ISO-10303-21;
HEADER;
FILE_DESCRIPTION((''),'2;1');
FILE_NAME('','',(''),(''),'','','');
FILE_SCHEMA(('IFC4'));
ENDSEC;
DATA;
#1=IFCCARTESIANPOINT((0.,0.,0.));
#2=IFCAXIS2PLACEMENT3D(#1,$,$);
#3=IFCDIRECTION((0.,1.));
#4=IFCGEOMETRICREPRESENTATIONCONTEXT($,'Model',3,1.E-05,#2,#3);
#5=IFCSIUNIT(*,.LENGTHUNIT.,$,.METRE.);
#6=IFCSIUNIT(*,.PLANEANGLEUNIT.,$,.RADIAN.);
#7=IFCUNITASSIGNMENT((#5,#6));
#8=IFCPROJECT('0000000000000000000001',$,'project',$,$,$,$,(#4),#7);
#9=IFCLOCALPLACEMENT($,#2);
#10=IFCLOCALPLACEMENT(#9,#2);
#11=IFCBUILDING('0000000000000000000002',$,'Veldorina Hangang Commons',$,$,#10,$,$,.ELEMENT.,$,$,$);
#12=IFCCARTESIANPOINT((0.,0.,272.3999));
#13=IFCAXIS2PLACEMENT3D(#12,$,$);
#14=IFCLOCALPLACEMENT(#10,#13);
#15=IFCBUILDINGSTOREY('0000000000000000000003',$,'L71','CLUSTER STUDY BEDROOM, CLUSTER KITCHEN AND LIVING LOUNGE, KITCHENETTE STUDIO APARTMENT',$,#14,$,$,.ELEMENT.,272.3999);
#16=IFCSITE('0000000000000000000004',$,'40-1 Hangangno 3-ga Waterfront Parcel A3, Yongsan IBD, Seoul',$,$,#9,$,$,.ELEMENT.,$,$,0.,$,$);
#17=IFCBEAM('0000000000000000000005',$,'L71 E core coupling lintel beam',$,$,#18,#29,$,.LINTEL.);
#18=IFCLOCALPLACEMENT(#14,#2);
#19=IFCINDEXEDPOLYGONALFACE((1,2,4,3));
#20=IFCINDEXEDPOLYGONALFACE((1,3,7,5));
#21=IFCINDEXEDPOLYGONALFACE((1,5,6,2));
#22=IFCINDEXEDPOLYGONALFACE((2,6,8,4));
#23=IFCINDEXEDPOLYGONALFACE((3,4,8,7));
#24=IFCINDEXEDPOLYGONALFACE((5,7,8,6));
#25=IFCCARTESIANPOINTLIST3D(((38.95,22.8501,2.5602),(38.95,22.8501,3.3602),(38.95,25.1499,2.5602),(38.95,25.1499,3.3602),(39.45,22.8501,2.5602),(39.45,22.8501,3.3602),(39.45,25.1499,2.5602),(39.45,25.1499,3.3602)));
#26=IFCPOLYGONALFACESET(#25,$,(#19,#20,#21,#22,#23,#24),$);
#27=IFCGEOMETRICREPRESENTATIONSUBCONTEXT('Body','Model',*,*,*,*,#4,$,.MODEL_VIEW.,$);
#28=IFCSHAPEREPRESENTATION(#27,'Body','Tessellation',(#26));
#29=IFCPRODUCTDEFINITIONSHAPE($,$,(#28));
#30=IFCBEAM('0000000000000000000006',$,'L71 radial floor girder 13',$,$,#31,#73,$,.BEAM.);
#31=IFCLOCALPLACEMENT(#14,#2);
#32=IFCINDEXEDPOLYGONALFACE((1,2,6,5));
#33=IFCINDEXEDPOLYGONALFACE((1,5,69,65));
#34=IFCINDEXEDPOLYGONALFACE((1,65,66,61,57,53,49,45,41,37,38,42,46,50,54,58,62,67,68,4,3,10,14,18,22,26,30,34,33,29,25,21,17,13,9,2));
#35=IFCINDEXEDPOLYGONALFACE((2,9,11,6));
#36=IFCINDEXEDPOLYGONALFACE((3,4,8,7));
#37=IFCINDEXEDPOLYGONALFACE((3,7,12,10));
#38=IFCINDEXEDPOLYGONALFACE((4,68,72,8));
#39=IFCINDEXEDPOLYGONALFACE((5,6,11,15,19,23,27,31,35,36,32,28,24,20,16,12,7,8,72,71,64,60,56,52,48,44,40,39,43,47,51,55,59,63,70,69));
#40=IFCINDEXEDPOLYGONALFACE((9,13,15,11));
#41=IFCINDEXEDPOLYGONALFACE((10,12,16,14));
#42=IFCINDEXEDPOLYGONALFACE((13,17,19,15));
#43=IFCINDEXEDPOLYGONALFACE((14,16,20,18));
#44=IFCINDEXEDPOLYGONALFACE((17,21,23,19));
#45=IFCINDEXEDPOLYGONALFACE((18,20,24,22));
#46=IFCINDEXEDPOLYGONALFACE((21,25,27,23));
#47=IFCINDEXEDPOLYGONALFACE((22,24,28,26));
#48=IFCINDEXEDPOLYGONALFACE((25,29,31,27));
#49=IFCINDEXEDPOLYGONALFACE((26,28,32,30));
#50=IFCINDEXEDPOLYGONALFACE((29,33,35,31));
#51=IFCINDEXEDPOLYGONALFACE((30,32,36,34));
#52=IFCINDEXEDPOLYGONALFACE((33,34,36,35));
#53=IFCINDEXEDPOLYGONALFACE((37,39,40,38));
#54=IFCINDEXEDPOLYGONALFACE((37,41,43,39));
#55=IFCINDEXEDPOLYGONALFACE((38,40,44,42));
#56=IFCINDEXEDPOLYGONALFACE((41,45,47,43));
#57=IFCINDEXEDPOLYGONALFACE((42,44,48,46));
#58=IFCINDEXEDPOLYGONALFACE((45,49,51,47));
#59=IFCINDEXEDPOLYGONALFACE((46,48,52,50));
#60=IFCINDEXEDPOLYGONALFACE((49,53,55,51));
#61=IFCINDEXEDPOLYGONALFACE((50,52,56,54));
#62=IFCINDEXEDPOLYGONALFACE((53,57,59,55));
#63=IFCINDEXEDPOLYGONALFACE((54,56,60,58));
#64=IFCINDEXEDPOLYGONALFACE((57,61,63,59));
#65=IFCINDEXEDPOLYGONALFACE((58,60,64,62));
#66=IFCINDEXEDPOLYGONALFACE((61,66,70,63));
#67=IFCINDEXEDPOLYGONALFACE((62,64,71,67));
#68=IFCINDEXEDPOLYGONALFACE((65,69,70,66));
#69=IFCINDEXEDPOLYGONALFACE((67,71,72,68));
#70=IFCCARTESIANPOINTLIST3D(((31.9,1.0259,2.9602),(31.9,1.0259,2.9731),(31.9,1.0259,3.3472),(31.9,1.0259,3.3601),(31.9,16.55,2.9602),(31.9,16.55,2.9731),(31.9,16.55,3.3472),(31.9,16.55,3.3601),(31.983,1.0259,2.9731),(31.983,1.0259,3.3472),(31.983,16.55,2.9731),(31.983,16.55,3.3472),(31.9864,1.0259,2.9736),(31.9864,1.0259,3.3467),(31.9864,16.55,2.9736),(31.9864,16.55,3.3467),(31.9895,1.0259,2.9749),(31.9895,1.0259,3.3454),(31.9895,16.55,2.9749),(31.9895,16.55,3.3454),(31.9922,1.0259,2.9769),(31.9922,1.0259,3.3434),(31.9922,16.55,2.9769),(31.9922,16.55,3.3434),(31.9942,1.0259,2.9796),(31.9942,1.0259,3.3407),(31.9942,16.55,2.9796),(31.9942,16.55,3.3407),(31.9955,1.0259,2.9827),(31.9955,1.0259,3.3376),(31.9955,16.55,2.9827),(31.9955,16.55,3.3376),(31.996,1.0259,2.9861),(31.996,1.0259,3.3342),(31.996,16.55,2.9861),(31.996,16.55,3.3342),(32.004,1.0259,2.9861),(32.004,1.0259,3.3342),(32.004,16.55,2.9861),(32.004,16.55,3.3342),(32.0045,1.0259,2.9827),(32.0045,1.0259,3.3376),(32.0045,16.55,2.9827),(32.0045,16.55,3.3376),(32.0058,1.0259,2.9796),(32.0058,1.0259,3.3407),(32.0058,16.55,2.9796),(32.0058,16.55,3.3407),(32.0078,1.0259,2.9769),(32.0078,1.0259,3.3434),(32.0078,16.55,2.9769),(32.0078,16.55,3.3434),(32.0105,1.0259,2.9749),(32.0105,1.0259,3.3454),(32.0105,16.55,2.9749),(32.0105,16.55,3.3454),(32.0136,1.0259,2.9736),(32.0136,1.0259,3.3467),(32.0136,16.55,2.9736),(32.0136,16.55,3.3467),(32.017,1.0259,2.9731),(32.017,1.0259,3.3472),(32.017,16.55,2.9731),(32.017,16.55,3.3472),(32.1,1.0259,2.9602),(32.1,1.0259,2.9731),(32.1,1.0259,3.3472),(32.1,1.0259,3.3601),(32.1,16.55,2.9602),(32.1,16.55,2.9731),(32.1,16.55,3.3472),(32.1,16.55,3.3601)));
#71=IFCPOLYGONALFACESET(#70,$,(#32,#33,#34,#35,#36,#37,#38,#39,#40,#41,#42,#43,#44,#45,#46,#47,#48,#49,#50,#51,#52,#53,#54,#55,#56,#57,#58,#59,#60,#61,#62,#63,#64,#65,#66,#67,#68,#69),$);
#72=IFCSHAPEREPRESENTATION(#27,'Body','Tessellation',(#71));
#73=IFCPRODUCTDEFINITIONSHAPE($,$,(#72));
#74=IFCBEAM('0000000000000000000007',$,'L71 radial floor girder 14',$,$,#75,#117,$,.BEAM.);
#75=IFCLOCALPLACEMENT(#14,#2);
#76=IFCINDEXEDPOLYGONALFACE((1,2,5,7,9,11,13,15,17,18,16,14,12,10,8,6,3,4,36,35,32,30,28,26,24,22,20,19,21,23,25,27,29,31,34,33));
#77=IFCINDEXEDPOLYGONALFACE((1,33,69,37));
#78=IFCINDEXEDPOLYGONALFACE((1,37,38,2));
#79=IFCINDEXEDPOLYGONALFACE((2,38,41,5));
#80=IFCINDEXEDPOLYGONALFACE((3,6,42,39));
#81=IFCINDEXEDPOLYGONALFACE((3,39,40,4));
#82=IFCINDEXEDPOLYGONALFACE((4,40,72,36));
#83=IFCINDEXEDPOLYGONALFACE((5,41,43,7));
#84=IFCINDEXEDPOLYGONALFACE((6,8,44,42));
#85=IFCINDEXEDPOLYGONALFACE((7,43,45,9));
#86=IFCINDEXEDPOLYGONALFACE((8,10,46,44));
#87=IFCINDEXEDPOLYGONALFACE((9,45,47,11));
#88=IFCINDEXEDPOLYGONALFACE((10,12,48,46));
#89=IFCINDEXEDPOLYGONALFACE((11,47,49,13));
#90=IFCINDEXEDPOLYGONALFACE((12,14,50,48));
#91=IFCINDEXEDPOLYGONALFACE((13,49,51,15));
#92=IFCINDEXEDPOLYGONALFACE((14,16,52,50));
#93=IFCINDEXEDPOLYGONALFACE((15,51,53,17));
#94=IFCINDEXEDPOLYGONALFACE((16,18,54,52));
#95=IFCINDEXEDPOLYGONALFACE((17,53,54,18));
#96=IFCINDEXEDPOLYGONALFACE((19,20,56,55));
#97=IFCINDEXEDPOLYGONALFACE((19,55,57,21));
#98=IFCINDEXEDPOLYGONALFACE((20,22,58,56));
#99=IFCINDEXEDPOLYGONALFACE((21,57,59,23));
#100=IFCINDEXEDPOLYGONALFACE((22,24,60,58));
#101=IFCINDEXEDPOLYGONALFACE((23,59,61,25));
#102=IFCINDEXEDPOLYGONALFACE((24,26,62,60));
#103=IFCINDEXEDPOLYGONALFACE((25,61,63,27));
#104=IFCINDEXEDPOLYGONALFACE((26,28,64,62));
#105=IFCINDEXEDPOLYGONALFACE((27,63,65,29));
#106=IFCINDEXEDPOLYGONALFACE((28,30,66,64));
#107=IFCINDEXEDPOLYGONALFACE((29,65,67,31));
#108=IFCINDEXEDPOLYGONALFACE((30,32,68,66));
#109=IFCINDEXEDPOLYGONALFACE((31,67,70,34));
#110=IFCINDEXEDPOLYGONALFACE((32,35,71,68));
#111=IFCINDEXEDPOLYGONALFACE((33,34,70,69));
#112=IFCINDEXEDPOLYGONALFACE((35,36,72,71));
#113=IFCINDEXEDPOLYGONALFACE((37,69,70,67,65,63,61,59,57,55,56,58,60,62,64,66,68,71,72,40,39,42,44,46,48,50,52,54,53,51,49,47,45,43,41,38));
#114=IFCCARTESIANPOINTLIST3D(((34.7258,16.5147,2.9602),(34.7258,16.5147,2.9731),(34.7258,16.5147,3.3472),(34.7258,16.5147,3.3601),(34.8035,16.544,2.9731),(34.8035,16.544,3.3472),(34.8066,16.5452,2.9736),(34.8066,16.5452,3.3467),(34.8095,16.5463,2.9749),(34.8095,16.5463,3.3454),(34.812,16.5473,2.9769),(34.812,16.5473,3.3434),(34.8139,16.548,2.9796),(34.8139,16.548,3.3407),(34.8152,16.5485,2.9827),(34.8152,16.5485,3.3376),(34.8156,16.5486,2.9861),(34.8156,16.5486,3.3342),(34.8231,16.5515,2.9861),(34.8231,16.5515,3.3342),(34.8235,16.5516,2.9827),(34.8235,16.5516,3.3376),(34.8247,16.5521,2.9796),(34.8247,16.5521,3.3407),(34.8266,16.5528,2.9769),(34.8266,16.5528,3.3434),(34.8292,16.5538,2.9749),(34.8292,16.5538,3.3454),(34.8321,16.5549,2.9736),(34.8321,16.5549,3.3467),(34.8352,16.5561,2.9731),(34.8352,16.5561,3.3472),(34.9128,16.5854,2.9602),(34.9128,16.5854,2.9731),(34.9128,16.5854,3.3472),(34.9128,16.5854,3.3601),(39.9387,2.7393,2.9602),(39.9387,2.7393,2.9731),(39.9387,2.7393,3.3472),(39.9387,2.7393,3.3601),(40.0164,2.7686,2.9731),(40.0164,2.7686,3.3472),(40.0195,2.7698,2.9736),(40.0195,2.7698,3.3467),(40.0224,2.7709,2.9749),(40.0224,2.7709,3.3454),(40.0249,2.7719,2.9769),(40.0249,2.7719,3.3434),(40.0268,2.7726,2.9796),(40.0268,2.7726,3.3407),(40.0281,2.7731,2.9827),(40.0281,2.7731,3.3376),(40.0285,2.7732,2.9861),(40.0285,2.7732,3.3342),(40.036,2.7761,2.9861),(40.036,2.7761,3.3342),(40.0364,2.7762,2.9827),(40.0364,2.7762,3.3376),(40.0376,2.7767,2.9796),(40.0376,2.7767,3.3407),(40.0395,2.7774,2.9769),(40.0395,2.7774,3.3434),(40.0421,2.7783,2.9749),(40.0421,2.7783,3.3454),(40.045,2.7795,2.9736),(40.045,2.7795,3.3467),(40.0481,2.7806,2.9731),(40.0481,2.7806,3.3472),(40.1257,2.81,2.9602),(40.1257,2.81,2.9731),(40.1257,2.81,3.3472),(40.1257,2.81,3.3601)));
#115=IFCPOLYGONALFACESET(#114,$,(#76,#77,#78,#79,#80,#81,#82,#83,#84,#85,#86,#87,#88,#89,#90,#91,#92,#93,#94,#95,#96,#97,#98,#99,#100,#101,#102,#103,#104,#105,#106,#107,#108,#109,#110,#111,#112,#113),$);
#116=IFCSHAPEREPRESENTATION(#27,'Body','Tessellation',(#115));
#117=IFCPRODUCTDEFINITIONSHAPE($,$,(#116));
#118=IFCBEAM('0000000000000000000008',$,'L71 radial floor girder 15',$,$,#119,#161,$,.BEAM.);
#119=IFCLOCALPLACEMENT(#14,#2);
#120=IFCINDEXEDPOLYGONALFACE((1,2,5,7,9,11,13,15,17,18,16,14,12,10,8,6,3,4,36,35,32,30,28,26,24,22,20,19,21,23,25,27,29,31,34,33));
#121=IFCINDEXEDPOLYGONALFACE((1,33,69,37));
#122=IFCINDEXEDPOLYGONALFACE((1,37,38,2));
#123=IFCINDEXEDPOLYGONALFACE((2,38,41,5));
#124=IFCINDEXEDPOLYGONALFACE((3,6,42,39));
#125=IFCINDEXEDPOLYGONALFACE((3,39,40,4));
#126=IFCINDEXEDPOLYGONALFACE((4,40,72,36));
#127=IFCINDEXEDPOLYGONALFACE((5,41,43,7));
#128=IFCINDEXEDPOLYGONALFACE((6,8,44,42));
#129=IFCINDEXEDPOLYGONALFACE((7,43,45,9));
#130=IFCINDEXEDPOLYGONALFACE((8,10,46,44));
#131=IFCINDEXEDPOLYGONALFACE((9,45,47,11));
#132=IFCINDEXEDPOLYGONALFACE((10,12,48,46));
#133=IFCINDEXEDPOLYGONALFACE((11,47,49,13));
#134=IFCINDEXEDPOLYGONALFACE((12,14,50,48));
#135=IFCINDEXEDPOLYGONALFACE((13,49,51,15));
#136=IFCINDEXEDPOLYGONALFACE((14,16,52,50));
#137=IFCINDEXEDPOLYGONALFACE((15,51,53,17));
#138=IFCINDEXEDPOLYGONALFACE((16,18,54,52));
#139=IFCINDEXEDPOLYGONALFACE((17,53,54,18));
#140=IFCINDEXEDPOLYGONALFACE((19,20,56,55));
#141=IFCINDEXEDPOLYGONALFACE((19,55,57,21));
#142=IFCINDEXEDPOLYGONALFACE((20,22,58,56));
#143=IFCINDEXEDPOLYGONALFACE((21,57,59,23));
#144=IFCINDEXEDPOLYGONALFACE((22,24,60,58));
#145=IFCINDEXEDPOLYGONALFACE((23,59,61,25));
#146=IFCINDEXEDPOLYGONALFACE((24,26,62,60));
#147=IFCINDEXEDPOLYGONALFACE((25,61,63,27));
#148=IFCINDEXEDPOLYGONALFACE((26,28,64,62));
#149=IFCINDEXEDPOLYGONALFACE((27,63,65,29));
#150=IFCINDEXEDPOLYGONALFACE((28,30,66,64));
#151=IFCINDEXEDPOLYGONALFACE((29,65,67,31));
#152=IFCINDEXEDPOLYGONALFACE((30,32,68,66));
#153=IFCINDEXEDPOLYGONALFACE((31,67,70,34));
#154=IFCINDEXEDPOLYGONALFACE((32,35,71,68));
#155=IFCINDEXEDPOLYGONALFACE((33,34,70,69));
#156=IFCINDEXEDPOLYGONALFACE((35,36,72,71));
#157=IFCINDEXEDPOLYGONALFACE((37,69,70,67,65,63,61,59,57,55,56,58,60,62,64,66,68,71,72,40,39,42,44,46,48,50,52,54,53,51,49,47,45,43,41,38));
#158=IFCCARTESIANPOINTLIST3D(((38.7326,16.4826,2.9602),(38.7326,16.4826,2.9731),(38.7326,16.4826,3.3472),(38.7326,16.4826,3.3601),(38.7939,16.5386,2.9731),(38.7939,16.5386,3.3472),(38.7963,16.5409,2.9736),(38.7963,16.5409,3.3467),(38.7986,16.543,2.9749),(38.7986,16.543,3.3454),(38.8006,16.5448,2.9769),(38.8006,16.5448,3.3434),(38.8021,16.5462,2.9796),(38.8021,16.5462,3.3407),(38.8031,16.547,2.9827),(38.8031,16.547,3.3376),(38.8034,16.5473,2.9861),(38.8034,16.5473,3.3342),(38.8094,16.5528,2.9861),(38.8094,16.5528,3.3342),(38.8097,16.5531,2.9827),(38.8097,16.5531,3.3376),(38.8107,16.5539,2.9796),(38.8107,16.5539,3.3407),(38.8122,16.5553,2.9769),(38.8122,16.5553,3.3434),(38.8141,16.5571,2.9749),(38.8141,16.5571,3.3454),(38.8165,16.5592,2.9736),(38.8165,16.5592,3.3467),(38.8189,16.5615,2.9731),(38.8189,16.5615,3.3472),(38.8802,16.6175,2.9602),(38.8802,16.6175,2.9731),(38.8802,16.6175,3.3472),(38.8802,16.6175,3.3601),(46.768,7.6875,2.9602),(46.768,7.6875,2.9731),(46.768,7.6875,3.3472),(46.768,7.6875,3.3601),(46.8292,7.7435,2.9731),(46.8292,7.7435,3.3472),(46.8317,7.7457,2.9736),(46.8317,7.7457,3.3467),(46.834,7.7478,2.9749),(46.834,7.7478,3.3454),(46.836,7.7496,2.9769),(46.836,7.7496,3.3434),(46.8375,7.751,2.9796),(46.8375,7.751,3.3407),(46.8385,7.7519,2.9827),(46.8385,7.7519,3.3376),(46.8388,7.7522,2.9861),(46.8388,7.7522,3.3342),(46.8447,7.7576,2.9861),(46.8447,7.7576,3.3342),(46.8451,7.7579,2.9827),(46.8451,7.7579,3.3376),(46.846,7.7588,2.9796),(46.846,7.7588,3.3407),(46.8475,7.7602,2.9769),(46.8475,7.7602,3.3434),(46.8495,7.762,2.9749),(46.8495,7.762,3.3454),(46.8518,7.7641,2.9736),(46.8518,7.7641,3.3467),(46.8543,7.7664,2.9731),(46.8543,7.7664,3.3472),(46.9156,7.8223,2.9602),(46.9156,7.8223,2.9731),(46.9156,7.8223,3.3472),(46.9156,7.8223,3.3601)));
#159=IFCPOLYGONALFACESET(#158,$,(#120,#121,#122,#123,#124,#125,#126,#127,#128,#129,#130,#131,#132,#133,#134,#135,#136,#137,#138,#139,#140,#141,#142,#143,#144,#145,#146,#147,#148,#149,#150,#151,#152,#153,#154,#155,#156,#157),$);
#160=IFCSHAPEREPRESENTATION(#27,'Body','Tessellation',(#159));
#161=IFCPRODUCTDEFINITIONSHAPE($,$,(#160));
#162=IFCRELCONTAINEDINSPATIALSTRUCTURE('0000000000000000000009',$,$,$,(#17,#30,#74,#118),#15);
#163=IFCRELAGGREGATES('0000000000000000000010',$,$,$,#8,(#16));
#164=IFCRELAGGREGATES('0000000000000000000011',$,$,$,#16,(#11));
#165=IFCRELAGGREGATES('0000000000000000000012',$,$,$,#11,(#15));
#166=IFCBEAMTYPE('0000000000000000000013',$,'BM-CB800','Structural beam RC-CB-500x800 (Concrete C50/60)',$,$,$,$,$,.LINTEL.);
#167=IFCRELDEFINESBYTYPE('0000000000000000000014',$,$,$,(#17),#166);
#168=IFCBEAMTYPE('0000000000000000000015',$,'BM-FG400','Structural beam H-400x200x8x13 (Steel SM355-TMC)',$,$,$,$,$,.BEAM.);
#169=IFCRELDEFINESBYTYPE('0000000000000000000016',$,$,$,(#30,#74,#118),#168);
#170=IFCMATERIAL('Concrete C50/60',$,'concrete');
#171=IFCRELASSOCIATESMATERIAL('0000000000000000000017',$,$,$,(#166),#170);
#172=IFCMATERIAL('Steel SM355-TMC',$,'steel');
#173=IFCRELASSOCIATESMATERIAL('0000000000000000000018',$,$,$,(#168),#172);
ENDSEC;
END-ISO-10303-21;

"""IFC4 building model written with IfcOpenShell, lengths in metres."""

from ifc_helpers import new_model, si_unit, direction, frame, origin, origin_2d, place, context, subcontext, project, spatial, rectangle, i_section, extrude, material, material_profile, profile_set, type_object, element, save


model = new_model("IFC4")

# Units and contexts
model_context = context("Model", 3, precision=1e-05, world=origin(), true_north=direction((0.0, 1.0)))
body_context = subcontext(model_context, "Body", "Model", "MODEL_VIEW")
ifc_project = project(units=[si_unit("LENGTHUNIT", "METRE"), si_unit("PLANEANGLEUNIT", "RADIAN")], contexts=[model_context])

# Site, building, storey
site_placement = place(None, origin())
site = spatial("IfcSite", under=ifc_project, at=site_placement, Name="40-1 Hangangno 3-ga Waterfront Parcel A3, Yongsan IBD, Seoul", CompositionType="ELEMENT", RefElevation=0.0)
building_placement = place(site_placement, origin())
building = spatial("IfcBuilding", under=site, at=building_placement, Name="Veldorina Hangang Commons", CompositionType="ELEMENT")
storey_placement = place(building_placement, frame((0.0, 0.0, 272.3999)))
storey = spatial("IfcBuildingStorey", under=building, at=storey_placement, Name="L71", Description="CLUSTER STUDY BEDROOM, CLUSTER KITCHEN AND LIVING LOUNGE, KITCHENETTE STUDIO APARTMENT", CompositionType="ELEMENT", Elevation=272.3999)

# Beams
ifc_material_1 = material(Name="Concrete C50/60", Category="concrete")
ifc_material_profile_1 = material_profile(ifc_material_1, rectangle(XDim=0.5, YDim=0.8, at=origin_2d()), Name="RC-CB-500x800")
ifc_profile_set_1 = profile_set([ifc_material_profile_1], Name="Concrete C50/60")
beam_type_1 = type_object("IfcBeamType", Name="BM-CB800", Description="Structural beam RC-CB-500x800 (Concrete C50/60)", PredefinedType="LINTEL", material=ifc_profile_set_1)
beam_1_placement = place(storey_placement, frame((39.2, 22.8501, 2.9602), z_axis=(0.0, 1.0, 0.0), x_axis=(-1.0, 0.0, 0.0)))
element("IfcBeam", 1, at=beam_1_placement, inside=storey, type_object=beam_type_1, Name="L71 E core coupling lintel beam", PredefinedType="LINTEL", context=body_context, shape_type="SweptSolid", body=[
    extrude(rectangle(XDim=0.5, YDim=0.8, at=origin_2d()), origin(), (0.0, 0.0, 1.0), 2.2998),
])
ifc_material_2 = material(Name="Steel SM355-TMC", Category="steel")
ifc_material_profile_2 = material_profile(ifc_material_2, i_section(OverallWidth=0.2, OverallDepth=0.3999, WebThickness=0.0081, FlangeThickness=0.0129, FilletRadius=0.0129, at=origin_2d()), Name="H-400x200x8x13")
ifc_profile_set_2 = profile_set([ifc_material_profile_2], Name="Steel SM355-TMC")
beam_type_2 = type_object("IfcBeamType", Name="BM-FG400", Description="Structural beam H-400x200x8x13 (Steel SM355-TMC)", PredefinedType="BEAM", material=ifc_profile_set_2)
beam_2_placement = place(storey_placement, frame((32.0, 16.55, 3.1602), z_axis=(0.0, -1.0, 0.0), x_axis=(1.0, 0.0, 0.0)))
element("IfcBeam", 2, at=beam_2_placement, inside=storey, type_object=beam_type_2, Name="L71 radial floor girder 13", PredefinedType="BEAM", context=body_context, shape_type="SweptSolid", body=[
    extrude(i_section(OverallWidth=0.2, OverallDepth=0.3999, WebThickness=0.0081, FlangeThickness=0.0129, FilletRadius=0.0129, at=origin_2d()), origin(), (0.0, 0.0, 1.0), 15.5242),
])
beam_3_placement = place(storey_placement, frame((34.8193, 16.55, 3.1602), z_axis=(0.353927, -0.935273, 0.0), x_axis=(0.935273, 0.353927, 0.0)))
element("IfcBeam", 3, at=beam_3_placement, inside=storey, type_object=beam_type_2, Name="L71 radial floor girder 14", PredefinedType="BEAM", context=body_context, shape_type="SweptSolid", body=[
    extrude(i_section(OverallWidth=0.2, OverallDepth=0.3999, WebThickness=0.0081, FlangeThickness=0.0129, FilletRadius=0.0129, at=origin_2d()), origin(), (0.0, 0.0, 1.0), 14.7288),
])
beam_4_placement = place(storey_placement, frame((38.8064, 16.55, 3.1602), z_axis=(0.6745, -0.738275, 0.0), x_axis=(0.738275, 0.6745, 0.0)))
element("IfcBeam", 4, at=beam_4_placement, inside=storey, type_object=beam_type_2, Name="L71 radial floor girder 15", PredefinedType="BEAM", context=body_context, shape_type="SweptSolid", body=[
    extrude(i_section(OverallWidth=0.2, OverallDepth=0.3999, WebThickness=0.0081, FlangeThickness=0.0129, FilletRadius=0.0129, at=origin_2d()), origin(), (0.0, 0.0, 1.0), 11.9131),
])

save(model, "model.ifc")
